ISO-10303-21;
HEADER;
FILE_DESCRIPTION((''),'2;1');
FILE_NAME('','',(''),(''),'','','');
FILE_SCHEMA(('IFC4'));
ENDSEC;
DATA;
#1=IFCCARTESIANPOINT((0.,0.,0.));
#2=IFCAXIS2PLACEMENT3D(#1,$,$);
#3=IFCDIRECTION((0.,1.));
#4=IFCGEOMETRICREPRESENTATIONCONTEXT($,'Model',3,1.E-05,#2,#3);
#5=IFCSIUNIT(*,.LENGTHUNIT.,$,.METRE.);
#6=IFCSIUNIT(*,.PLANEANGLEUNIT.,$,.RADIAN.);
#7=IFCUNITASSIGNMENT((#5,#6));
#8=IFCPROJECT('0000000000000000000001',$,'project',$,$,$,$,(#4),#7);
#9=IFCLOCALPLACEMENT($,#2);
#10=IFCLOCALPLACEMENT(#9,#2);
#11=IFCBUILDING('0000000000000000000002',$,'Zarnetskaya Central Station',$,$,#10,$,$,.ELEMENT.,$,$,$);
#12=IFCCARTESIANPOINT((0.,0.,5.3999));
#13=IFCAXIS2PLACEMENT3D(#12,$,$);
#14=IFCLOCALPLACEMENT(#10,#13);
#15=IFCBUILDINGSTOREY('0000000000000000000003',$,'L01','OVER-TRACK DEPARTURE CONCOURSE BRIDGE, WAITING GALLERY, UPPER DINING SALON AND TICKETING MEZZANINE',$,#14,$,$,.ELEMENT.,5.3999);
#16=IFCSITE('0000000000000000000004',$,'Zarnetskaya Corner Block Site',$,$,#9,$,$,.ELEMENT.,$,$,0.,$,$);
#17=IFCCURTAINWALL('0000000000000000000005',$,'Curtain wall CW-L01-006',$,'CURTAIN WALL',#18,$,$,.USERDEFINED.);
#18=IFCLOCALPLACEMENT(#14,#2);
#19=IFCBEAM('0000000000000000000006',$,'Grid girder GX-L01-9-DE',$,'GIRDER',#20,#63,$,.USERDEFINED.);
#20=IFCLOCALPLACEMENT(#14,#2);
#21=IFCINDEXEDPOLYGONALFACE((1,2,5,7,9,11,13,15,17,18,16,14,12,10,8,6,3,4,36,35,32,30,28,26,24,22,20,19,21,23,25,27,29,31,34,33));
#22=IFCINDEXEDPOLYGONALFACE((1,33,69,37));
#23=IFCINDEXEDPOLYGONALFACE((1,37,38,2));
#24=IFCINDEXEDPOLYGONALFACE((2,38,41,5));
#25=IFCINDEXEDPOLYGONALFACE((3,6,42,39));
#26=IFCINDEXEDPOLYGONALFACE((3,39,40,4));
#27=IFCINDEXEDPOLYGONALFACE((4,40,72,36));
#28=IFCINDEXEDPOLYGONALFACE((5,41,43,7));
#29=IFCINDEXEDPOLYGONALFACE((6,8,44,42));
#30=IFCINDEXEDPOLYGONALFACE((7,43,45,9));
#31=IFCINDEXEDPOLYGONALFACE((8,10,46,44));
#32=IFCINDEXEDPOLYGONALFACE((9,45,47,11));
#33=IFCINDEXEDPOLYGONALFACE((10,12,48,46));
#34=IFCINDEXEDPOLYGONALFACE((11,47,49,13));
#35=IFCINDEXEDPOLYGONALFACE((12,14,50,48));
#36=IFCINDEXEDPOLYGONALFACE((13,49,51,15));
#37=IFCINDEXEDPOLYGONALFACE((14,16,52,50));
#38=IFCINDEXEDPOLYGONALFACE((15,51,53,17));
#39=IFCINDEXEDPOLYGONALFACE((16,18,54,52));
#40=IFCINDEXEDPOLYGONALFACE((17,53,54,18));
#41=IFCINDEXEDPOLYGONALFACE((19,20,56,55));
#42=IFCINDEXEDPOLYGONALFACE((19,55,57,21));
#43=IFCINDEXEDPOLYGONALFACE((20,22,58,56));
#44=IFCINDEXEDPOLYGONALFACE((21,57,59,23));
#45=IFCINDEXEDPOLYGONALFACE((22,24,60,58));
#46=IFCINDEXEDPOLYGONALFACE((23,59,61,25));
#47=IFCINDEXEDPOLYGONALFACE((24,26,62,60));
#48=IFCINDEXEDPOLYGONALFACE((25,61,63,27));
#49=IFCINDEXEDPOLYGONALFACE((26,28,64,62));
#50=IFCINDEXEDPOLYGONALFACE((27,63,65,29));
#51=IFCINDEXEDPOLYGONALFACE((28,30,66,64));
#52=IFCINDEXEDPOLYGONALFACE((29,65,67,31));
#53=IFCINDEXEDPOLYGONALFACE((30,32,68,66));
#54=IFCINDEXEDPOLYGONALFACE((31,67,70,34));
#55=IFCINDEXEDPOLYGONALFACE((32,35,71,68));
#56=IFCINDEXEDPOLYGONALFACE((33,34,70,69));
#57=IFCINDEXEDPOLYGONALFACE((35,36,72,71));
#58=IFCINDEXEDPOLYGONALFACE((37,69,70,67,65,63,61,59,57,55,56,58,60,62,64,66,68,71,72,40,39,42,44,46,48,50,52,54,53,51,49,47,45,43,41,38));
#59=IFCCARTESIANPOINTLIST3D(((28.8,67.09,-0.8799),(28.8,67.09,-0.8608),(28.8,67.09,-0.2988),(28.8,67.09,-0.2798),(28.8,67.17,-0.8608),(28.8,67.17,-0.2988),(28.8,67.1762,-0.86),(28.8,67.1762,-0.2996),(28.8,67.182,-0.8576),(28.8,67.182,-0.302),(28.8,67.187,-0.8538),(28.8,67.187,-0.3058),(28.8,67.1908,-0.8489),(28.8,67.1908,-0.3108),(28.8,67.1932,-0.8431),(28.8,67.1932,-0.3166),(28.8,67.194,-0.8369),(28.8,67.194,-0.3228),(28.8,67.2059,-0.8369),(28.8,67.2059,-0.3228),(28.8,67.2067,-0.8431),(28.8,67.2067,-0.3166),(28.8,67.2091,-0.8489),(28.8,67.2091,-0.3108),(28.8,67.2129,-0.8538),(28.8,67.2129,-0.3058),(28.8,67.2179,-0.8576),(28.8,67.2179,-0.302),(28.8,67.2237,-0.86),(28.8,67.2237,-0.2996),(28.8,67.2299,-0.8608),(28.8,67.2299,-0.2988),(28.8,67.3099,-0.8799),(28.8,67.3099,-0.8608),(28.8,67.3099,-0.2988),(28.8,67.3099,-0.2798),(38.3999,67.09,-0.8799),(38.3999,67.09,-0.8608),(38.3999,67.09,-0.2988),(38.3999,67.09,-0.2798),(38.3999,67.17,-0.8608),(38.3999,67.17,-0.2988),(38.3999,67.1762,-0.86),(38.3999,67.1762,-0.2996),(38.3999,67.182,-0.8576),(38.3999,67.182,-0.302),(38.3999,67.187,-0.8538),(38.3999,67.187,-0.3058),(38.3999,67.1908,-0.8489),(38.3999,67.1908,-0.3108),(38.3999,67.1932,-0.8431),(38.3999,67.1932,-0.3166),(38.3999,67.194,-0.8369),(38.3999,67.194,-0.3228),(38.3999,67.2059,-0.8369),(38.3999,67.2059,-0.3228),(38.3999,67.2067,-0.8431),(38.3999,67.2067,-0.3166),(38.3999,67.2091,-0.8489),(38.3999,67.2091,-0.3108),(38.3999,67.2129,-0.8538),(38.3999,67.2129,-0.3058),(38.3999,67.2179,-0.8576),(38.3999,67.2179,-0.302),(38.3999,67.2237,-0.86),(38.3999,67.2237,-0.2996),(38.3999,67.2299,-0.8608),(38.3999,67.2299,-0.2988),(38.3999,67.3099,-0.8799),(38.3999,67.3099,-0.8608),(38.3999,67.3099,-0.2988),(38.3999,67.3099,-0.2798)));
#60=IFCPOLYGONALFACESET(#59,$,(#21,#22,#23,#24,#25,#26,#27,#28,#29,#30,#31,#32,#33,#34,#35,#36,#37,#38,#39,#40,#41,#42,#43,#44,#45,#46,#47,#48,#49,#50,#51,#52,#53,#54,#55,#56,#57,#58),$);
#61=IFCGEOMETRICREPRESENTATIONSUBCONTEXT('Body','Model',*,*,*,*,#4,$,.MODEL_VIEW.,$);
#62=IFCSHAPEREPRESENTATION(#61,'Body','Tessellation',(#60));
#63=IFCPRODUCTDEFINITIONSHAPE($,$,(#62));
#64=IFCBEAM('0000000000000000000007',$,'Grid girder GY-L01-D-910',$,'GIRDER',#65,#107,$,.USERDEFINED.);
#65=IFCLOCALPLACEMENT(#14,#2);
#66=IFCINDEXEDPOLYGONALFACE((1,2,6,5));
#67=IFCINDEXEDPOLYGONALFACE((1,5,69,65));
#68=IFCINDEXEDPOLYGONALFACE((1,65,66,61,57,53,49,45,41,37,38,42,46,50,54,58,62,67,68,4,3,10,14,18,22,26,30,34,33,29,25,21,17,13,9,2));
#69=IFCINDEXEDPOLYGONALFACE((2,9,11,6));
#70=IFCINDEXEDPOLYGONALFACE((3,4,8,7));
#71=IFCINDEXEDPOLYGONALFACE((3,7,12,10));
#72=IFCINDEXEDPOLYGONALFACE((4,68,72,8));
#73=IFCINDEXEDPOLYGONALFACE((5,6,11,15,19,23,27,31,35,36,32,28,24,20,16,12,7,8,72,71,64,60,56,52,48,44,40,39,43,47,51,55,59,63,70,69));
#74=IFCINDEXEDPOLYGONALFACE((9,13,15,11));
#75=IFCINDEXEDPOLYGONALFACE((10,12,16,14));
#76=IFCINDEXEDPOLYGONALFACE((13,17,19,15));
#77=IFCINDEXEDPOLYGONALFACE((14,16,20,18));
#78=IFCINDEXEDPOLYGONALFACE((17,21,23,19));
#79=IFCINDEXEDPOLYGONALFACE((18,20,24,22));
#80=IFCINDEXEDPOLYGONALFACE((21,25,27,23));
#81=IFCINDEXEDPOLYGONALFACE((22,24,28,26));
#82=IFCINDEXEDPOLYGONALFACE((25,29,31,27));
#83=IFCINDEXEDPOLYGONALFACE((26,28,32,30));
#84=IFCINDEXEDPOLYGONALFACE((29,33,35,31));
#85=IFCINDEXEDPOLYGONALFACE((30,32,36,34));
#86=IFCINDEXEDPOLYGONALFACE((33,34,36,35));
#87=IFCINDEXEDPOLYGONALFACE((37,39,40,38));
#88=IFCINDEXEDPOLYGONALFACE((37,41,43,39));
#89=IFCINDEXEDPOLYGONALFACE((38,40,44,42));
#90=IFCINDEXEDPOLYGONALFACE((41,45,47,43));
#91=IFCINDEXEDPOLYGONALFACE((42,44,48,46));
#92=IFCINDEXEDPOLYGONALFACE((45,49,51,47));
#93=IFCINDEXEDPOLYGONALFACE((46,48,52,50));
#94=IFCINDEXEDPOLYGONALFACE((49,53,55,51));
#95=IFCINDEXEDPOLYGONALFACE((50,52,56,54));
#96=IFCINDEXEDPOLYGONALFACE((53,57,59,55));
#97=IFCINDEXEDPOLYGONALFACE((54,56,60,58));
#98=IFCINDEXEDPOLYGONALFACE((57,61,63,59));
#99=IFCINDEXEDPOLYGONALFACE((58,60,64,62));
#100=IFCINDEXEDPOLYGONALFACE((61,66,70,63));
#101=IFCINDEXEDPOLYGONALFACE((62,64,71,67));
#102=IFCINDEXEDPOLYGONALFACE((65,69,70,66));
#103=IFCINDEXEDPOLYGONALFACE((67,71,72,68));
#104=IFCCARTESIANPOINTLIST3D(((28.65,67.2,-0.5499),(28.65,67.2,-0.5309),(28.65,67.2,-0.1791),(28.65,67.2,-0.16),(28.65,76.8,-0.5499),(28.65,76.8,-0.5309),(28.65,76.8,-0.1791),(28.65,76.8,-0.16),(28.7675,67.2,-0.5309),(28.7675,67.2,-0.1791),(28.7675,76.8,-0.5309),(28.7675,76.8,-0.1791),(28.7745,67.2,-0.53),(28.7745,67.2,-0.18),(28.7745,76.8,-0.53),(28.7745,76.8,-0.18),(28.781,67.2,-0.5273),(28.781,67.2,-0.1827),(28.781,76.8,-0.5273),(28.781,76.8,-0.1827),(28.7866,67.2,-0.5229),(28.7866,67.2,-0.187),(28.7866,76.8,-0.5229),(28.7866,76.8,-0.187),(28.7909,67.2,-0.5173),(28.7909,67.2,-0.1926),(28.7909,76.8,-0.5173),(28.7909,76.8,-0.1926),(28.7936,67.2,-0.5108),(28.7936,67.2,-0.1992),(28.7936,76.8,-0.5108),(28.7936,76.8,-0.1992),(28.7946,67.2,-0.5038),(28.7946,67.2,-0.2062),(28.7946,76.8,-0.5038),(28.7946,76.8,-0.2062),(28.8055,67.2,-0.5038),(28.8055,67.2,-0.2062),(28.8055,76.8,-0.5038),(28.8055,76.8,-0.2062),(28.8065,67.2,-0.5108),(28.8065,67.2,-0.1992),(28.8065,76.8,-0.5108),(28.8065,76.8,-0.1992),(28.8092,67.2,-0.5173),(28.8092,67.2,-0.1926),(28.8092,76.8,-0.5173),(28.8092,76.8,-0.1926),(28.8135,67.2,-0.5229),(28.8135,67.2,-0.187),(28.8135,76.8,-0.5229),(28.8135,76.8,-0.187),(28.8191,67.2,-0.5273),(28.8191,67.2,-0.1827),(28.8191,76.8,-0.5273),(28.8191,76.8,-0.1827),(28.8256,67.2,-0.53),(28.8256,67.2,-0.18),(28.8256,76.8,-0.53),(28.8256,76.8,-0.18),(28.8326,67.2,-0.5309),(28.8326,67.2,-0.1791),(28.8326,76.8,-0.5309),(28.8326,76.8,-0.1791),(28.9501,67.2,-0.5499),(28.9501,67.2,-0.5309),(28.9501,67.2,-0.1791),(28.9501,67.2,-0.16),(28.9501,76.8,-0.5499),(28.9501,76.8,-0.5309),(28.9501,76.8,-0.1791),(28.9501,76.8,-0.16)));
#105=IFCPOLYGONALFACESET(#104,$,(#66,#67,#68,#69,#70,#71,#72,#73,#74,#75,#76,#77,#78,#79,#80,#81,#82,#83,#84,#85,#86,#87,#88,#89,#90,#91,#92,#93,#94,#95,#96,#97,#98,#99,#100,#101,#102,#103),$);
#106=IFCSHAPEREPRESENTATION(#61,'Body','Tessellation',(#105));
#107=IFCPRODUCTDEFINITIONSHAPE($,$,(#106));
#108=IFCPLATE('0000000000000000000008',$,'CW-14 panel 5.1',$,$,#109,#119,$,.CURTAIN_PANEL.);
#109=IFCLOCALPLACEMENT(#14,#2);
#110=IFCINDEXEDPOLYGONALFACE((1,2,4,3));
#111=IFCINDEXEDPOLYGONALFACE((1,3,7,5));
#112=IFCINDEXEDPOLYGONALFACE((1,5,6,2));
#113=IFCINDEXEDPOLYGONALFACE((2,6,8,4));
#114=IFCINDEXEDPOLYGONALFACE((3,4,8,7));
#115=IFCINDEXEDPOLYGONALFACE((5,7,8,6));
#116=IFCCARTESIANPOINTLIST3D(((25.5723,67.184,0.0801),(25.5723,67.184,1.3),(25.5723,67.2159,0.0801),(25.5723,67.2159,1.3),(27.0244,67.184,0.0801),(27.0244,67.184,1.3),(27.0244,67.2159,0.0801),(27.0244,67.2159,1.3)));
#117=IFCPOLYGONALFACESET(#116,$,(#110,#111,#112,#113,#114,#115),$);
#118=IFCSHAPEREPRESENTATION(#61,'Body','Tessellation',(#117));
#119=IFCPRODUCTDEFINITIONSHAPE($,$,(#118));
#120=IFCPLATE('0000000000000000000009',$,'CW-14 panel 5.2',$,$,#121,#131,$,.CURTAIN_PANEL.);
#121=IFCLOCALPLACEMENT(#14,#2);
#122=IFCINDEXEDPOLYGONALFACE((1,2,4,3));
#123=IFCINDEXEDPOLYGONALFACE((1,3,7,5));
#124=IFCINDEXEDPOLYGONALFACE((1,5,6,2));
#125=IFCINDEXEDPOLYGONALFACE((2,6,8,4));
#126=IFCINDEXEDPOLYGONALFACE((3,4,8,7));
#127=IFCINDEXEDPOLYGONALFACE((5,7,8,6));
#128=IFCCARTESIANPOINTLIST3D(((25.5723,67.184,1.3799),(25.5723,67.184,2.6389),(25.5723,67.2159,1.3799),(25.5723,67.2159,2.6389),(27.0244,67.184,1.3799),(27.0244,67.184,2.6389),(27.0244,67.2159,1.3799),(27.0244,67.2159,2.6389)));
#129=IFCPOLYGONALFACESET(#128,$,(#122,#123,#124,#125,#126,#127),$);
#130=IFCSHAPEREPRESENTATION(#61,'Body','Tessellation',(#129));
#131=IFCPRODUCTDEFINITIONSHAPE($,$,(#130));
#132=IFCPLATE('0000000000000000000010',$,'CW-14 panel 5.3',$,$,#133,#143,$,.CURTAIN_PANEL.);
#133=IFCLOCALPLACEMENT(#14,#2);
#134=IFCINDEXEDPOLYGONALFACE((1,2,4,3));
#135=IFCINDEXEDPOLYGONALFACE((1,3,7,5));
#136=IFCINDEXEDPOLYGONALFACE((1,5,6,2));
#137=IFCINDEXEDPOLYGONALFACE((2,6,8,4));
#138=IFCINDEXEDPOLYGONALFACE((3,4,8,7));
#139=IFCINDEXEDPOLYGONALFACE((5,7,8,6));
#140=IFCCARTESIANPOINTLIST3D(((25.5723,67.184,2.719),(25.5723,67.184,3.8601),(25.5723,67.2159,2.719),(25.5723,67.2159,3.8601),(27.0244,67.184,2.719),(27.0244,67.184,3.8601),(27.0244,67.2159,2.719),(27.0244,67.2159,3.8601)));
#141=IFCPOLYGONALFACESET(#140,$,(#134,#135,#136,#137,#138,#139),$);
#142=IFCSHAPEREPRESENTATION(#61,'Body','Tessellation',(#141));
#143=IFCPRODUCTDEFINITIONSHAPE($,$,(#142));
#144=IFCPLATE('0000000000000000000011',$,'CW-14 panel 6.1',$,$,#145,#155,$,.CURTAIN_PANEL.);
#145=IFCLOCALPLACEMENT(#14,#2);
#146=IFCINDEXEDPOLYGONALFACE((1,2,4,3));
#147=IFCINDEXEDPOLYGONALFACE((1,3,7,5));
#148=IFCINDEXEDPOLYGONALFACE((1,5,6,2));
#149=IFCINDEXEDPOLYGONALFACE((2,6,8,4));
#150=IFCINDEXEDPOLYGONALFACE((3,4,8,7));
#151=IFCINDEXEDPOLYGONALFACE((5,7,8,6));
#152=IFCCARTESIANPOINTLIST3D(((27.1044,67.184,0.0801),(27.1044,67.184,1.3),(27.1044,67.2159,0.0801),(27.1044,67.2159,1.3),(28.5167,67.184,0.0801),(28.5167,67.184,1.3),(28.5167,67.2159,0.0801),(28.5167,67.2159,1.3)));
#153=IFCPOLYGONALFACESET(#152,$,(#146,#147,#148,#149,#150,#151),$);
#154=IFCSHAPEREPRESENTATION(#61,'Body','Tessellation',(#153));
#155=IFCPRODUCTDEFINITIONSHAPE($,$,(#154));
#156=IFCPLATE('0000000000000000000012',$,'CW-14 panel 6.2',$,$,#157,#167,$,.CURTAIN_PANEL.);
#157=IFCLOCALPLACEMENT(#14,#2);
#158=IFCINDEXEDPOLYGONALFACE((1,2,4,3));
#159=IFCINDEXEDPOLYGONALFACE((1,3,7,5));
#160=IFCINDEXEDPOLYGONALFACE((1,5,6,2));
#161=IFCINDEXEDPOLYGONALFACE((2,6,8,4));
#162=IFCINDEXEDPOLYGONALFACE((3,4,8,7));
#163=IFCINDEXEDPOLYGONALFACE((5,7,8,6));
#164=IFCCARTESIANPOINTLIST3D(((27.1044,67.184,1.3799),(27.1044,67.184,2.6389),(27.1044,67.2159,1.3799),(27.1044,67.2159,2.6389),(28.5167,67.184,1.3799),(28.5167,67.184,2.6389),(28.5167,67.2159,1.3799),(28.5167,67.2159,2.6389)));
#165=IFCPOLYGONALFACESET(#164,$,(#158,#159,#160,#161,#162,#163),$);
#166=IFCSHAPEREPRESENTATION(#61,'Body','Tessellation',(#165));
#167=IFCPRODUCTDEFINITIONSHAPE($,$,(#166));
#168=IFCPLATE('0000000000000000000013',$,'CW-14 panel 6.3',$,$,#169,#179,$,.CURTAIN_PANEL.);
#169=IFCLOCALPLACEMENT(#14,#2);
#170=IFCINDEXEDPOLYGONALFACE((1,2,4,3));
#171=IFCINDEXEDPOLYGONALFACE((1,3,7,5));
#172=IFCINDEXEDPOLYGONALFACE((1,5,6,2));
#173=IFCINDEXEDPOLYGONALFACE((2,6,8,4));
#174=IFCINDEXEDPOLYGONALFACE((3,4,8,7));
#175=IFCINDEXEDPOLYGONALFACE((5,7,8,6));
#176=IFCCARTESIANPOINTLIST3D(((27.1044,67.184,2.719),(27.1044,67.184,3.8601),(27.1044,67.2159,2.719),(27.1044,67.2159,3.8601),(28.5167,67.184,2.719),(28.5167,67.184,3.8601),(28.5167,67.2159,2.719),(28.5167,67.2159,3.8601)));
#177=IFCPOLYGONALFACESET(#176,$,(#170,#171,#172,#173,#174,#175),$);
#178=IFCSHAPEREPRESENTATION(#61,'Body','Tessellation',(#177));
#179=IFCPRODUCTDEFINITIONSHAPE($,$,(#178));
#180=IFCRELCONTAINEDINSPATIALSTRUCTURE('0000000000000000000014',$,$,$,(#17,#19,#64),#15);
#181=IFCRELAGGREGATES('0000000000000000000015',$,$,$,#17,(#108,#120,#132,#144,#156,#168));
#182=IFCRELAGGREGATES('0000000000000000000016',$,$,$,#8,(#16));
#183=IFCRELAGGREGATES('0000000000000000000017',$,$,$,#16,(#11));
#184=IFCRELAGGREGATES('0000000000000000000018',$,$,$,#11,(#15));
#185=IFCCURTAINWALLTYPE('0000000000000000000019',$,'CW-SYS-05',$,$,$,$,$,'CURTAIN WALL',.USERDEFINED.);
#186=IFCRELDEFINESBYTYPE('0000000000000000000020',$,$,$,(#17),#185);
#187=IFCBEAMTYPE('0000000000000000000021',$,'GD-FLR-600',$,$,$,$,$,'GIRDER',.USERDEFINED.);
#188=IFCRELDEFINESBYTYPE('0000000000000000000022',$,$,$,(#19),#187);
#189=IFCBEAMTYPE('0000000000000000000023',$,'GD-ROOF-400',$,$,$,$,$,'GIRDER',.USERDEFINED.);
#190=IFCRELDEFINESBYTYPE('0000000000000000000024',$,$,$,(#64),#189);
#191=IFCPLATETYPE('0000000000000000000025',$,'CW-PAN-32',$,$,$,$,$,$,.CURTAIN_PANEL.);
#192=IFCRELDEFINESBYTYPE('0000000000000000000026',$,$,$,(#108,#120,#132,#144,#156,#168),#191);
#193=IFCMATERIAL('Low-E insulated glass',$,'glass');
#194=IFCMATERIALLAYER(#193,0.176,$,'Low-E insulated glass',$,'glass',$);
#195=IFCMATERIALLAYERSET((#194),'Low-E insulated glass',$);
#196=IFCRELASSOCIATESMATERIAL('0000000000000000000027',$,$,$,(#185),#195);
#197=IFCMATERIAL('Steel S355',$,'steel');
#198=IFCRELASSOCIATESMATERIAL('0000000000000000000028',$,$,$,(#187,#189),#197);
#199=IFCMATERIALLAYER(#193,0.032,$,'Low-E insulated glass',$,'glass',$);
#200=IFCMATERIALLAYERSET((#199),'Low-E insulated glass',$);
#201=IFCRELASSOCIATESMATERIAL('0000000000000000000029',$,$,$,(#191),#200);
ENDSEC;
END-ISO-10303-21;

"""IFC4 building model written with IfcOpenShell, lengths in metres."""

from ifc_helpers import new_model, si_unit, direction, frame, origin, origin_2d, place, context, subcontext, project, spatial, rectangle, i_section, extrude, material, layer, layer_set, material_profile, profile_set, type_object, element, aggregate, save


model = new_model("IFC4")

# Units and contexts
model_context = context("Model", 3, precision=1e-05, world=origin(), true_north=direction((0.0, 1.0)))
body_context = subcontext(model_context, "Body", "Model", "MODEL_VIEW")
ifc_project = project(units=[si_unit("LENGTHUNIT", "METRE"), si_unit("PLANEANGLEUNIT", "RADIAN")], contexts=[model_context])

# Site, building, storey
site_placement = place(None, origin())
site = spatial("IfcSite", under=ifc_project, at=site_placement, Name="Zarnetskaya Corner Block Site", CompositionType="ELEMENT", RefElevation=0.0)
building_placement = place(site_placement, origin())
building = spatial("IfcBuilding", under=site, at=building_placement, Name="Zarnetskaya Central Station", CompositionType="ELEMENT")
storey_placement = place(building_placement, frame((0.0, 0.0, 5.3999)))
storey = spatial("IfcBuildingStorey", under=building, at=storey_placement, Name="L01", Description="OVER-TRACK DEPARTURE CONCOURSE BRIDGE, WAITING GALLERY, UPPER DINING SALON AND TICKETING MEZZANINE", CompositionType="ELEMENT", Elevation=5.3999)

# Shared definitions
ifc_material_1 = material(Name="Steel S355", Category="steel")

# Curtain wall
ifc_material_2 = material(Name="Low-E insulated glass", Category="glass")
ifc_layer_1 = layer(ifc_material_2, 0.176, Name="Low-E insulated glass", Category="glass")
ifc_layer_set_1 = layer_set([ifc_layer_1], Name="Low-E insulated glass")
curtain_wall_type = type_object("IfcCurtainWallType", Name="CW-SYS-05", ElementType="CURTAIN WALL", PredefinedType="USERDEFINED", material=ifc_layer_set_1)
curtain_wall_placement = place(storey_placement, origin())
curtain_wall = element("IfcCurtainWall", 1, at=curtain_wall_placement, inside=storey, type_object=curtain_wall_type, Name="Curtain wall CW-L01-006", ObjectType="CURTAIN WALL", PredefinedType="USERDEFINED")

# Beams
ifc_material_profile_1 = material_profile(ifc_material_1, i_section(OverallWidth=0.22, OverallDepth=0.6001, WebThickness=0.012, FlangeThickness=0.019, FilletRadius=0.0239, at=origin_2d()), Name="IPE 600")
ifc_profile_set_1 = profile_set([ifc_material_profile_1], Name="Steel S355")
beam_type_1 = type_object("IfcBeamType", Name="GD-FLR-600", ElementType="GIRDER", PredefinedType="USERDEFINED", material=ifc_profile_set_1)
beam_1_placement = place(storey_placement, frame((28.8, 67.2, -0.5798), z_axis=(1.0, 0.0, 0.0), x_axis=(0.0, 1.0, 0.0)))
element("IfcBeam", 2, at=beam_1_placement, inside=storey, type_object=beam_type_1, Name="Grid girder GX-L01-9-DE", ObjectType="GIRDER", PredefinedType="USERDEFINED", context=body_context, shape_type="SweptSolid", body=[
    extrude(i_section(OverallWidth=0.22, OverallDepth=0.6001, WebThickness=0.012, FlangeThickness=0.019, FilletRadius=0.0239, at=origin_2d()), origin(), (0.0, 0.0, 1.0), 9.5999),
])
ifc_material_profile_2 = material_profile(ifc_material_1, i_section(OverallWidth=0.3, OverallDepth=0.3899, WebThickness=0.011, FlangeThickness=0.019, FilletRadius=0.0271, at=origin_2d()), Name="HEA 400")
ifc_profile_set_2 = profile_set([ifc_material_profile_2], Name="Steel S355")
beam_type_2 = type_object("IfcBeamType", Name="GD-ROOF-400", ElementType="GIRDER", PredefinedType="USERDEFINED", material=ifc_profile_set_2)
beam_2_placement = place(storey_placement, frame((28.8, 67.2, -0.355), z_axis=(0.0, 1.0, 0.0), x_axis=(-1.0, 0.0, 0.0)))
element("IfcBeam", 3, at=beam_2_placement, inside=storey, type_object=beam_type_2, Name="Grid girder GY-L01-D-910", ObjectType="GIRDER", PredefinedType="USERDEFINED", context=body_context, shape_type="SweptSolid", body=[
    extrude(i_section(OverallWidth=0.3, OverallDepth=0.3899, WebThickness=0.011, FlangeThickness=0.019, FilletRadius=0.0271, at=origin_2d()), origin(), (0.0, 0.0, 1.0), 9.6001),
])

# Plates
ifc_layer_2 = layer(ifc_material_2, 0.032, Name="Low-E insulated glass", Category="glass")
ifc_layer_set_2 = layer_set([ifc_layer_2], Name="Low-E insulated glass")
plate_type = type_object("IfcPlateType", Name="CW-PAN-32", PredefinedType="CURTAIN_PANEL", material=ifc_layer_set_2)
plate_1_placement = place(storey_placement, frame((26.2983, 67.2, 0.0801), z_axis=(0.0, 0.0, 1.0), x_axis=(1.0, 0.0, 0.0)))
plate_1 = element("IfcPlate", 4, at=plate_1_placement, type_object=plate_type, Name="CW-14 panel 5.1", PredefinedType="CURTAIN_PANEL", context=body_context, shape_type="SweptSolid", body=[
    extrude(rectangle(XDim=1.4521, YDim=0.032, at=origin_2d()), origin(), (0.0, 0.0, 1.0), 1.22),
])
plate_2_placement = place(storey_placement, frame((26.2983, 67.2, 1.3799), z_axis=(0.0, 0.0, 1.0), x_axis=(1.0, 0.0, 0.0)))
plate_2 = element("IfcPlate", 5, at=plate_2_placement, type_object=plate_type, Name="CW-14 panel 5.2", PredefinedType="CURTAIN_PANEL", context=body_context, shape_type="SweptSolid", body=[
    extrude(rectangle(XDim=1.4521, YDim=0.032, at=origin_2d()), origin(), (0.0, 0.0, 1.0), 1.259),
])
plate_3_placement = place(storey_placement, frame((26.2983, 67.2, 2.719), z_axis=(0.0, 0.0, 1.0), x_axis=(1.0, 0.0, 0.0)))
plate_3 = element("IfcPlate", 6, at=plate_3_placement, type_object=plate_type, Name="CW-14 panel 5.3", PredefinedType="CURTAIN_PANEL", context=body_context, shape_type="SweptSolid", body=[
    extrude(rectangle(XDim=1.4521, YDim=0.032, at=origin_2d()), origin(), (0.0, 0.0, 1.0), 1.1411),
])
plate_4_placement = place(storey_placement, frame((27.8105, 67.2, 0.0801), z_axis=(0.0, 0.0, 1.0), x_axis=(1.0, 0.0, 0.0)))
plate_4 = element("IfcPlate", 7, at=plate_4_placement, type_object=plate_type, Name="CW-14 panel 6.1", PredefinedType="CURTAIN_PANEL", context=body_context, shape_type="SweptSolid", body=[
    extrude(rectangle(XDim=1.4124, YDim=0.032, at=origin_2d()), origin(), (0.0, 0.0, 1.0), 1.22),
])
plate_5_placement = place(storey_placement, frame((27.8105, 67.2, 1.3799), z_axis=(0.0, 0.0, 1.0), x_axis=(1.0, 0.0, 0.0)))
plate_5 = element("IfcPlate", 8, at=plate_5_placement, type_object=plate_type, Name="CW-14 panel 6.2", PredefinedType="CURTAIN_PANEL", context=body_context, shape_type="SweptSolid", body=[
    extrude(rectangle(XDim=1.4124, YDim=0.032, at=origin_2d()), origin(), (0.0, 0.0, 1.0), 1.259),
])
plate_6_placement = place(storey_placement, frame((27.8105, 67.2, 2.719), z_axis=(0.0, 0.0, 1.0), x_axis=(1.0, 0.0, 0.0)))
plate_6 = element("IfcPlate", 9, at=plate_6_placement, type_object=plate_type, Name="CW-14 panel 6.3", PredefinedType="CURTAIN_PANEL", context=body_context, shape_type="SweptSolid", body=[
    extrude(rectangle(XDim=1.4124, YDim=0.032, at=origin_2d()), origin(), (0.0, 0.0, 1.0), 1.1411),
])
aggregate(curtain_wall, [plate_1, plate_2, plate_3, plate_4, plate_5, plate_6])

save(model, "model.ifc")
